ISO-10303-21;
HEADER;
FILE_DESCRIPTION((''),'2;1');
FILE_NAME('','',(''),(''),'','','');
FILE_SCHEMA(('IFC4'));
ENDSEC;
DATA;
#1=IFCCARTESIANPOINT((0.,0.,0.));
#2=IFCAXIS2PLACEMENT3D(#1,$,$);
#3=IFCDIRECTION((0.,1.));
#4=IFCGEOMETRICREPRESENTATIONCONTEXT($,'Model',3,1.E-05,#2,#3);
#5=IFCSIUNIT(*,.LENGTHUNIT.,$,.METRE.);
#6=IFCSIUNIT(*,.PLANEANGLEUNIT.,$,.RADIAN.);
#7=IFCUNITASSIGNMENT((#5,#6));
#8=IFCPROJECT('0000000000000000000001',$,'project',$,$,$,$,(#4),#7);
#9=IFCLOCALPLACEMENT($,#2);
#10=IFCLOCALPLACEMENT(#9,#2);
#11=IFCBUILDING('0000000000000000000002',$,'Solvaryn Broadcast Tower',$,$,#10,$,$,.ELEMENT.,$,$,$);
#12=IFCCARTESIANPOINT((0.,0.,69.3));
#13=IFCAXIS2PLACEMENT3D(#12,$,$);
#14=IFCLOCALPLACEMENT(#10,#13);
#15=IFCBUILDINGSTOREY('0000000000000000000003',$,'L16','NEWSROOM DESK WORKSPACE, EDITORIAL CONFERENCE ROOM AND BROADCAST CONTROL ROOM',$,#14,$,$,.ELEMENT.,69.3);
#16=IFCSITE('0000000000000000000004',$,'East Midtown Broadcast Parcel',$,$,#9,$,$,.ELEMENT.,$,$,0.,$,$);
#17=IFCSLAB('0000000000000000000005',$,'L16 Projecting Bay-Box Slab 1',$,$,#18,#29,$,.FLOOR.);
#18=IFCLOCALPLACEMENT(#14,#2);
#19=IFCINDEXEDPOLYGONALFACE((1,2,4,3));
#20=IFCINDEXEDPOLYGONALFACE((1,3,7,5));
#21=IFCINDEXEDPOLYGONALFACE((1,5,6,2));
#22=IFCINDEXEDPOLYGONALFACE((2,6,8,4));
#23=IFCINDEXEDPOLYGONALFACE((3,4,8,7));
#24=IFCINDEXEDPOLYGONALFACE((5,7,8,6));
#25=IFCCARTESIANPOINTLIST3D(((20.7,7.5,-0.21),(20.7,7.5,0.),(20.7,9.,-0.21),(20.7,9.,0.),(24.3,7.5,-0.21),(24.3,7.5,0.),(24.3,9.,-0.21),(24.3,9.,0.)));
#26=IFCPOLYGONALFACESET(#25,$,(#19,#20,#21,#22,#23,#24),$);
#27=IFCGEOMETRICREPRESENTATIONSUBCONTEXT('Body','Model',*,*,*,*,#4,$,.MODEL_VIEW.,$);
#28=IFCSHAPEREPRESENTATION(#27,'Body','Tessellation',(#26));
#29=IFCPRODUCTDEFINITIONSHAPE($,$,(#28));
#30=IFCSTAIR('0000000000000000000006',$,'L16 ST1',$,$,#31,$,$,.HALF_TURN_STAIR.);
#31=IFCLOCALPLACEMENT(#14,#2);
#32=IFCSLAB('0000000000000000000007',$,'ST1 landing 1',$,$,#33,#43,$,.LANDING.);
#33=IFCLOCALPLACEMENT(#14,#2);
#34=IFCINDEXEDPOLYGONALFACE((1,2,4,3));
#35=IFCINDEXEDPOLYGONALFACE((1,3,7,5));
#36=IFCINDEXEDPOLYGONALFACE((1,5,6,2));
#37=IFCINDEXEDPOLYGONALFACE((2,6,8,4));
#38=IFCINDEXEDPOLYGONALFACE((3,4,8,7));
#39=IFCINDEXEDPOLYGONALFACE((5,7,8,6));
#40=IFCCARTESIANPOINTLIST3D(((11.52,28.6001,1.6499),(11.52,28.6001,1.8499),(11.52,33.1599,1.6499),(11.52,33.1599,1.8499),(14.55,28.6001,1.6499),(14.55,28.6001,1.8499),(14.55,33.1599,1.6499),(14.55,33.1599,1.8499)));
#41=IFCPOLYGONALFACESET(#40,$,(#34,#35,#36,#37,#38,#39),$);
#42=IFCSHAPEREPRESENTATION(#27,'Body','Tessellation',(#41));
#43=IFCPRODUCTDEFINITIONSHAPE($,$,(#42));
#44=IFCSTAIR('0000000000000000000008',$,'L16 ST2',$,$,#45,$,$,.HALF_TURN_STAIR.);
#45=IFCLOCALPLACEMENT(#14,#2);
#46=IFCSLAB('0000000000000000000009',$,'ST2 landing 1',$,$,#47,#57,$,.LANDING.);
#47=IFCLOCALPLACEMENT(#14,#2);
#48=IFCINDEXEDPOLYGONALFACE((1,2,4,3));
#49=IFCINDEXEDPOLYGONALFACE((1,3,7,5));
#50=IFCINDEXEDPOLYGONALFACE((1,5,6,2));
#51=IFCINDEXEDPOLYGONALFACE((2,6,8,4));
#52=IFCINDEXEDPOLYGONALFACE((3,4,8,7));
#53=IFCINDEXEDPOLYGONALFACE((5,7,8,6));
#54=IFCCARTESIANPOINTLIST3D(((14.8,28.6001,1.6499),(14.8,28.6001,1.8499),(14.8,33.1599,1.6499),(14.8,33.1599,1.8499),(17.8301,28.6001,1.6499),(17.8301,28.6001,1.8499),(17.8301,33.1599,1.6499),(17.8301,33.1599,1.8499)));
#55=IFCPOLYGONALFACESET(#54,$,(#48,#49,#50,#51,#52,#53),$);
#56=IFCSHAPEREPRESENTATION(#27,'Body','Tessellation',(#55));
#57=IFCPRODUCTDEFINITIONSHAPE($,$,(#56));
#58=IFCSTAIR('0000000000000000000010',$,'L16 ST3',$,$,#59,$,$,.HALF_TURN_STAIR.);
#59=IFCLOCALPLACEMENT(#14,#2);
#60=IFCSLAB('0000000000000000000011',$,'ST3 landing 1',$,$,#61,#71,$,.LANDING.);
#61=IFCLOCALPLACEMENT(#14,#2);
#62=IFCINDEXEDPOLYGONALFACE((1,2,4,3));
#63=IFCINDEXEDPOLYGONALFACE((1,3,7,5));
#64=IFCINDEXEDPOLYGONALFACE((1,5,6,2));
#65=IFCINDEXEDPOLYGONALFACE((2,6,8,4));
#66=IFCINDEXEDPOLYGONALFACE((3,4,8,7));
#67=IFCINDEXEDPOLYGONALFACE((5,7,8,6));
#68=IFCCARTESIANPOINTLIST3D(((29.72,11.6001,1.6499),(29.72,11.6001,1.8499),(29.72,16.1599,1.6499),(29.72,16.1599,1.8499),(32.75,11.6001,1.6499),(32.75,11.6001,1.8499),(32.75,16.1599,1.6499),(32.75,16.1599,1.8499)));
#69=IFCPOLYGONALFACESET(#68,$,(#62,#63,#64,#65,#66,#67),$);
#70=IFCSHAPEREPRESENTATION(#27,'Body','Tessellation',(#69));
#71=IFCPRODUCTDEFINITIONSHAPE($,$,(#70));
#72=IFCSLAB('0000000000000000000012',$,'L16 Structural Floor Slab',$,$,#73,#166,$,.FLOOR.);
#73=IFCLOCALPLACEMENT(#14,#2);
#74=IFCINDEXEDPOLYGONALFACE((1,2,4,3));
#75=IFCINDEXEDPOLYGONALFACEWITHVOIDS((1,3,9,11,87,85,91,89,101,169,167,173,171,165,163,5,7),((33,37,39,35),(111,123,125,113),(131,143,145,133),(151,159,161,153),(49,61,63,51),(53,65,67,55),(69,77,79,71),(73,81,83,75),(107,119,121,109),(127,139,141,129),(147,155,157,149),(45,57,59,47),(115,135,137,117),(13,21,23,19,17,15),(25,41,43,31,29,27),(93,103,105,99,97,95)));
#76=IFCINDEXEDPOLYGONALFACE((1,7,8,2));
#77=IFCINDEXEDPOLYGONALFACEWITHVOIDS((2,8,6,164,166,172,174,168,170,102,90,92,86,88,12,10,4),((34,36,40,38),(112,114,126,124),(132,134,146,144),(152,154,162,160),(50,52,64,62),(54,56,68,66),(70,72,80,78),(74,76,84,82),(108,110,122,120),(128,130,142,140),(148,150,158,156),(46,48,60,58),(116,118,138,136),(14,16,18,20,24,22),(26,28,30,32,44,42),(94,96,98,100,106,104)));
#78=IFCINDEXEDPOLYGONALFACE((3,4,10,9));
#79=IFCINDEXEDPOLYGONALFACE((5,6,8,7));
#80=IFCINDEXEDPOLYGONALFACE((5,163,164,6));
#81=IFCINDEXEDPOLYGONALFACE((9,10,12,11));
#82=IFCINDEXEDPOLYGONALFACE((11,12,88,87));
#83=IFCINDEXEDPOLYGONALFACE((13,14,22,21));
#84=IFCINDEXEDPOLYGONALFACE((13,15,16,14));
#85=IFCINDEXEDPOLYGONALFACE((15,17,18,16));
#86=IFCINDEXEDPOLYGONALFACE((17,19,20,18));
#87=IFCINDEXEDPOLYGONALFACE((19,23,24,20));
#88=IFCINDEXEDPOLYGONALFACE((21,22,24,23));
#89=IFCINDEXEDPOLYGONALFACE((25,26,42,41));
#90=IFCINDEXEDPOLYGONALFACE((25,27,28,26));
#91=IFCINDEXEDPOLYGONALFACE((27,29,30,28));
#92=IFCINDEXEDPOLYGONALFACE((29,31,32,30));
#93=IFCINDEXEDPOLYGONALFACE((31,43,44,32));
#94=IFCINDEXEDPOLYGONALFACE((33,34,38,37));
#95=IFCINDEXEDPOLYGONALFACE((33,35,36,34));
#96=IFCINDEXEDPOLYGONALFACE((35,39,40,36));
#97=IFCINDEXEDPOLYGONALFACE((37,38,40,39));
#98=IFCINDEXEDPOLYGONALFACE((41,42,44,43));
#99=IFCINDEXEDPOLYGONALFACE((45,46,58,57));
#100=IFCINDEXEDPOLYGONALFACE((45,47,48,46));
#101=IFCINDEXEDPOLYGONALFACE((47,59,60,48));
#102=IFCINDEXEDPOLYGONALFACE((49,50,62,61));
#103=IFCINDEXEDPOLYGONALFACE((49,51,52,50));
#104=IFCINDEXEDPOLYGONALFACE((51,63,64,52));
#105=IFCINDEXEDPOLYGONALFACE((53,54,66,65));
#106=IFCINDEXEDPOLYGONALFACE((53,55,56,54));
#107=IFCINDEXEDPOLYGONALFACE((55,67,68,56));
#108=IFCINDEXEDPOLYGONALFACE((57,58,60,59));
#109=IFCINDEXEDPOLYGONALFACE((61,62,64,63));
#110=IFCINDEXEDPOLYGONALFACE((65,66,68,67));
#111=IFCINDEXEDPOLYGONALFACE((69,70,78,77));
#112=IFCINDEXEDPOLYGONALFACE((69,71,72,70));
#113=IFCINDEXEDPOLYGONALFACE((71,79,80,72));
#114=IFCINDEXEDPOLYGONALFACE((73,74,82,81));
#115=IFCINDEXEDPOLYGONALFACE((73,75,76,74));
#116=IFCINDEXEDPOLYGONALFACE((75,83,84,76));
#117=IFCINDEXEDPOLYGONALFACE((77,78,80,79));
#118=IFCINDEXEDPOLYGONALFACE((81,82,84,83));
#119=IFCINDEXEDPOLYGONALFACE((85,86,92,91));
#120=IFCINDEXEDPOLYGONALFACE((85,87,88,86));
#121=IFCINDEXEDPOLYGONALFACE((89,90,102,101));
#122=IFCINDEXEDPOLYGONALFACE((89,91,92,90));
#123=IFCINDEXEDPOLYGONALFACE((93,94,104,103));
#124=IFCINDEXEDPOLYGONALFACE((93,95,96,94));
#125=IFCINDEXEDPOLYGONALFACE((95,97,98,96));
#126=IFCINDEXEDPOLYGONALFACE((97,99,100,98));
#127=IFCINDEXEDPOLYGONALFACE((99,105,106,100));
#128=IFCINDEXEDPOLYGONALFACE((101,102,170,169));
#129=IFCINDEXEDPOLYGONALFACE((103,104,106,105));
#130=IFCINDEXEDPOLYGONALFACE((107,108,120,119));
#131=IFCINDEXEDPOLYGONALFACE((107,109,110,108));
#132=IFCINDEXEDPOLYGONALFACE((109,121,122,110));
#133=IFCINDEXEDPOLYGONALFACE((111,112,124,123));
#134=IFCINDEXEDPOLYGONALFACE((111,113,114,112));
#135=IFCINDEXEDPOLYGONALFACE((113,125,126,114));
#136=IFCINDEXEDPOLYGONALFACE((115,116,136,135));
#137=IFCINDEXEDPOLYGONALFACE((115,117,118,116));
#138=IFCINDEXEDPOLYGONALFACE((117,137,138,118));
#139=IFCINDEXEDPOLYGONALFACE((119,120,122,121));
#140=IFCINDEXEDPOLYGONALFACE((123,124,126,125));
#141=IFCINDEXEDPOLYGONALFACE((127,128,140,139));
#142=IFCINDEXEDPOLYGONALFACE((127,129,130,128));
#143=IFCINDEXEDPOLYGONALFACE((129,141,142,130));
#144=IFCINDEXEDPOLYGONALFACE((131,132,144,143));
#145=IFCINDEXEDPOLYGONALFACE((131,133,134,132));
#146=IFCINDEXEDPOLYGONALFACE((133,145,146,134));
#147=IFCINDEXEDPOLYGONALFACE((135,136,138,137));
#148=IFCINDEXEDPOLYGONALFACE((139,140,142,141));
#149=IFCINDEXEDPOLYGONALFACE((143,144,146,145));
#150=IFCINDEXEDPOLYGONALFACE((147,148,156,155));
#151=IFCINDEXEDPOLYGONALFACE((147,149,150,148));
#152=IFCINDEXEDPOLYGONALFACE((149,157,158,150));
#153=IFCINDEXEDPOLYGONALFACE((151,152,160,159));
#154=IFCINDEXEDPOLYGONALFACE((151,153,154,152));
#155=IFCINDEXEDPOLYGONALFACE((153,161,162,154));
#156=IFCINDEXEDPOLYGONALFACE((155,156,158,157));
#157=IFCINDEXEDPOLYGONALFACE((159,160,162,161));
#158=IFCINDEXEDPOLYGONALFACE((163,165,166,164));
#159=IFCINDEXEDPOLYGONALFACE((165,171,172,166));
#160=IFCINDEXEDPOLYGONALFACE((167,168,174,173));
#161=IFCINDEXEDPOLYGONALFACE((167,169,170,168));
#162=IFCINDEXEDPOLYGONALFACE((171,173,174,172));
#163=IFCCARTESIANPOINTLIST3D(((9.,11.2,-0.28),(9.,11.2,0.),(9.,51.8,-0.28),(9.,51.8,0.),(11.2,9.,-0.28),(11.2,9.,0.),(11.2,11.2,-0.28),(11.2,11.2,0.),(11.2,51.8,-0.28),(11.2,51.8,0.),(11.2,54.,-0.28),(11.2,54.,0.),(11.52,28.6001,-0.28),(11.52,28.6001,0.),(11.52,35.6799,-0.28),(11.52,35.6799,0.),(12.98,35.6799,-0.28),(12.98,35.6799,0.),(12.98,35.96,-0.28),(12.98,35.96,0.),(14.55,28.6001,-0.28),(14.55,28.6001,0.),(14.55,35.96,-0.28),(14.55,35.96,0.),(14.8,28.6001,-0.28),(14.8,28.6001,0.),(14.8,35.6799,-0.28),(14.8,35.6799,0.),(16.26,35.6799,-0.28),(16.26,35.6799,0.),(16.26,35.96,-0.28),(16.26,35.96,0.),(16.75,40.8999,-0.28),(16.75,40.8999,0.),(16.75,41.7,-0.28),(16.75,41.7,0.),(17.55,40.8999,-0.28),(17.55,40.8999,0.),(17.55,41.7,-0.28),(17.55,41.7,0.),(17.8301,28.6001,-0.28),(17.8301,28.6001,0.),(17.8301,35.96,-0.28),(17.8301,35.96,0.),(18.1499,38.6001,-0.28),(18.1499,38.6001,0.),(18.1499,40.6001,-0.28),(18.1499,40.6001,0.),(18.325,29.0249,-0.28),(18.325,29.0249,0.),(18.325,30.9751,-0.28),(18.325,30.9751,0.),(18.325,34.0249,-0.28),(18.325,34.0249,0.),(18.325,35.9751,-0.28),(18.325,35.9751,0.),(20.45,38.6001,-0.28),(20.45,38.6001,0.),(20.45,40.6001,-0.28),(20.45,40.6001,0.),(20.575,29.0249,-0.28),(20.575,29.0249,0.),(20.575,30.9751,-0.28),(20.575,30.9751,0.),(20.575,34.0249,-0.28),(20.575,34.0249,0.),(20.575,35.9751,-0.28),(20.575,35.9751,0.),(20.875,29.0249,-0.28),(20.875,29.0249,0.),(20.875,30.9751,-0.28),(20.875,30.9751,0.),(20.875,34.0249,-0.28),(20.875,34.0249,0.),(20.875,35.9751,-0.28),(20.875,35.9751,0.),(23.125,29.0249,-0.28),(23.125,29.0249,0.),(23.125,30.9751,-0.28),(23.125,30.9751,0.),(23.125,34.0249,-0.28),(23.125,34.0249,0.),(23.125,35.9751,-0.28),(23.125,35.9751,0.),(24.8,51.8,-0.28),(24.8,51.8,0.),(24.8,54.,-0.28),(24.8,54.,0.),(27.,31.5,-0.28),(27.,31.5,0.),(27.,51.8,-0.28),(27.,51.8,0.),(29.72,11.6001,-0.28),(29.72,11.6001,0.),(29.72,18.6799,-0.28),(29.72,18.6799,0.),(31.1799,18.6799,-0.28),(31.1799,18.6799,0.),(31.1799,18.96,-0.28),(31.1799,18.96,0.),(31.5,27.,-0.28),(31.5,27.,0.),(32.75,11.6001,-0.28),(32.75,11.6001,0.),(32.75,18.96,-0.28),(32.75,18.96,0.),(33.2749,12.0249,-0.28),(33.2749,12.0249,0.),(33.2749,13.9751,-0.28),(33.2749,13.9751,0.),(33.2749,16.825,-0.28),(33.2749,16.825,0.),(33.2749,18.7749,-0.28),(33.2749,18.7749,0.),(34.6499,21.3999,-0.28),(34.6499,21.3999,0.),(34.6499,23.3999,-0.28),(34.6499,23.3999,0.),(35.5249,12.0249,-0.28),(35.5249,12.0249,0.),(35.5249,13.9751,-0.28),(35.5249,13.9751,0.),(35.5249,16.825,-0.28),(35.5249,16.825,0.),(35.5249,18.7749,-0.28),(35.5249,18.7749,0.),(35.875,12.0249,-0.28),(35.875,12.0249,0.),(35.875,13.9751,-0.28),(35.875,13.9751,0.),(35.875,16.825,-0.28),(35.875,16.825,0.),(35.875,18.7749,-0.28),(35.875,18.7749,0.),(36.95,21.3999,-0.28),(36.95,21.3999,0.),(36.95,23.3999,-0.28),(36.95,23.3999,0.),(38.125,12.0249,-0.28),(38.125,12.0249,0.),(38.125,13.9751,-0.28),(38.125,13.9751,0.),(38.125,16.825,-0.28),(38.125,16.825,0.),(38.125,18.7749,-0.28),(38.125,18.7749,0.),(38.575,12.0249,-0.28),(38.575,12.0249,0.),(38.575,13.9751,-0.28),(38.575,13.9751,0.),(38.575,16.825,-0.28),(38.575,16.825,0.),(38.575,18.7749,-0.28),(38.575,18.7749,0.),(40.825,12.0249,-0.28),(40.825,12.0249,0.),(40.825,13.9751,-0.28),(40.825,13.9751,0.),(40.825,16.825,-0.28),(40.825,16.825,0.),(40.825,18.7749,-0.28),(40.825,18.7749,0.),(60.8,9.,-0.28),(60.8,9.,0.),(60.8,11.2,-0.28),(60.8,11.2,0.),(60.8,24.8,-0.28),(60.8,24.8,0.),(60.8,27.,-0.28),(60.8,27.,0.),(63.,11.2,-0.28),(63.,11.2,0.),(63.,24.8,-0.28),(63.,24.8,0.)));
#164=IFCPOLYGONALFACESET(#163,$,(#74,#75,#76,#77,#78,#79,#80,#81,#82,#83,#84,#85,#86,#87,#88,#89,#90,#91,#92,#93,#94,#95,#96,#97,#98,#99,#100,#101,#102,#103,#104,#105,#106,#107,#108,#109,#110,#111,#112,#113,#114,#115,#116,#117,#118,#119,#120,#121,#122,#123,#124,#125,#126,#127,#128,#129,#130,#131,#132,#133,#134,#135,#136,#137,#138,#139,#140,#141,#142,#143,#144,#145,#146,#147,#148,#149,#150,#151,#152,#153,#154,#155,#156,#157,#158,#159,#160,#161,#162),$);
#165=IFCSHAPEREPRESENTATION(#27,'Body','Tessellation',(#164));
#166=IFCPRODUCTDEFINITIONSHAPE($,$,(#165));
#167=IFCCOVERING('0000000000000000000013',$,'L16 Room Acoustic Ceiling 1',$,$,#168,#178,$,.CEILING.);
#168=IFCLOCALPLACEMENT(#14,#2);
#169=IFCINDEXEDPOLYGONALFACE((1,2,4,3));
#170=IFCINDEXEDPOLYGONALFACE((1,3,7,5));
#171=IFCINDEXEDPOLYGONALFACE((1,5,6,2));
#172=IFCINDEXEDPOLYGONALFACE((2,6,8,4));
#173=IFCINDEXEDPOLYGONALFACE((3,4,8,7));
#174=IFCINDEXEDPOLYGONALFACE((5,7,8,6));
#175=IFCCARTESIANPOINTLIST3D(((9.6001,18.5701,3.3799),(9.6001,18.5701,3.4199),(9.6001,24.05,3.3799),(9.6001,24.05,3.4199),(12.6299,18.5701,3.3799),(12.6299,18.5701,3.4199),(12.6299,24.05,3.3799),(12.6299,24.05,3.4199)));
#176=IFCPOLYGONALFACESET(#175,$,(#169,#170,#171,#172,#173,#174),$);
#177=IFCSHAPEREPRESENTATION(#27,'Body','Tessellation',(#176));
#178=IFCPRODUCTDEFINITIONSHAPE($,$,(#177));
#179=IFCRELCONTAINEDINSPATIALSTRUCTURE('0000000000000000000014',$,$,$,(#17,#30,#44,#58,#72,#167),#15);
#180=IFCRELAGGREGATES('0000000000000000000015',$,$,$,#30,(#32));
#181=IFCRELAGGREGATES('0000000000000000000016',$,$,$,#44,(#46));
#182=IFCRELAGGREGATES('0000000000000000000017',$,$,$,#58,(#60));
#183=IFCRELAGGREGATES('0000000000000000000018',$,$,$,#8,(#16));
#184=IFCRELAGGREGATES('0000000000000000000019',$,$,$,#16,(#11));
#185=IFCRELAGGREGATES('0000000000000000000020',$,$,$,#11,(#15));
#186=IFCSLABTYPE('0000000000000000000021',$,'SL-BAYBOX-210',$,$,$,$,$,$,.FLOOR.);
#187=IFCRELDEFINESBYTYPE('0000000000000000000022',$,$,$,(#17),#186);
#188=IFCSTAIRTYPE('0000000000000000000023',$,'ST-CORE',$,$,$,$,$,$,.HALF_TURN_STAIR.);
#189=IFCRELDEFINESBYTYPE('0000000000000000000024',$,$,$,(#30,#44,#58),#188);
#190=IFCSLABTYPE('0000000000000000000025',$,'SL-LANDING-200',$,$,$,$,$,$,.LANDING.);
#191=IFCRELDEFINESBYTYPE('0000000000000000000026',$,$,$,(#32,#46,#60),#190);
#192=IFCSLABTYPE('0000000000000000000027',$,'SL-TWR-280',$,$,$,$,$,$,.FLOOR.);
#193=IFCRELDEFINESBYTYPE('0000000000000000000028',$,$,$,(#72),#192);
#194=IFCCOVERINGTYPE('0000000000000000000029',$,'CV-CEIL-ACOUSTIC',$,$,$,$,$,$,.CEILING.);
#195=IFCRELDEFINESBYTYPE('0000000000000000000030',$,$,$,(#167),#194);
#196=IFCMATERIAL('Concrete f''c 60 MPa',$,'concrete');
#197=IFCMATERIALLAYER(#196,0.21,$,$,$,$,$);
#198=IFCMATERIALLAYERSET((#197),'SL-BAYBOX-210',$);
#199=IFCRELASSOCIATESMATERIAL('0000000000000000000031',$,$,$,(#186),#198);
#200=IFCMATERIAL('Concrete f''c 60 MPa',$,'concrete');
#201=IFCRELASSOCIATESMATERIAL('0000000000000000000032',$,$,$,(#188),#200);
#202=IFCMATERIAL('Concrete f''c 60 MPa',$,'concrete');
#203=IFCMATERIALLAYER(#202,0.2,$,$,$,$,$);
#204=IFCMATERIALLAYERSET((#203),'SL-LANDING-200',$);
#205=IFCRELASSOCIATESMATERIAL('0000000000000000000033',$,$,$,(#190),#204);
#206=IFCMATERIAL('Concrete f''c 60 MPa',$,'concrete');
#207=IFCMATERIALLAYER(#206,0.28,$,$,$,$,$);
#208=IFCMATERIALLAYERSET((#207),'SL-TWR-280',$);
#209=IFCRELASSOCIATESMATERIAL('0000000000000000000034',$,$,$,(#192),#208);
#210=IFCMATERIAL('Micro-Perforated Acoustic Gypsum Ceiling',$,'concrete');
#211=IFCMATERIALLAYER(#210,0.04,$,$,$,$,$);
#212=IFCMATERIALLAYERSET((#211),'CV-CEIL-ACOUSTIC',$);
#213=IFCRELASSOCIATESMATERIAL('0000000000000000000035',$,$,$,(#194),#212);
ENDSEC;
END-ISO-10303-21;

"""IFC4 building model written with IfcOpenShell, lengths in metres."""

from ifc_helpers import new_model, si_unit, direction, frame, origin, place, context, subcontext, project, spatial, polyline, outline, extrude, material, layer, layer_set, type_object, element, aggregate, save


model = new_model("IFC4")

# Units and contexts
model_context = context("Model", 3, precision=1e-05, world=origin(), true_north=direction((0.0, 1.0)))
body_context = subcontext(model_context, "Body", "Model", "MODEL_VIEW")
ifc_project = project(units=[si_unit("LENGTHUNIT", "METRE"), si_unit("PLANEANGLEUNIT", "RADIAN")], contexts=[model_context])

# Site, building, storey
site_placement = place(None, origin())
site = spatial("IfcSite", under=ifc_project, at=site_placement, Name="East Midtown Broadcast Parcel", CompositionType="ELEMENT", RefElevation=0.0)
building_placement = place(site_placement, origin())
building = spatial("IfcBuilding", under=site, at=building_placement, Name="Solvaryn Broadcast Tower", CompositionType="ELEMENT")
storey_placement = place(building_placement, frame((0.0, 0.0, 69.3)))
storey = spatial("IfcBuildingStorey", under=building, at=storey_placement, Name="L16", Description="NEWSROOM DESK WORKSPACE, EDITORIAL CONFERENCE ROOM AND BROADCAST CONTROL ROOM", CompositionType="ELEMENT", Elevation=69.3)

# Slab
ifc_material_1 = material(Name="Concrete f'c 60 MPa", Category="concrete")
ifc_layer_1 = layer(ifc_material_1, 0.21)
ifc_layer_set_1 = layer_set([ifc_layer_1], Name="SL-BAYBOX-210")
slab_type_1 = type_object("IfcSlabType", Name="SL-BAYBOX-210", PredefinedType="FLOOR", material=ifc_layer_set_1)
slab_1_placement = place(storey_placement, frame((0.0, 0.0, -0.21)))
element("IfcSlab", 1, at=slab_1_placement, inside=storey, type_object=slab_type_1, Name="L16 Projecting Bay-Box Slab 1", PredefinedType="FLOOR", context=body_context, shape_type="SweptSolid", body=[
    extrude(outline(polyline([(20.7, 7.5), (24.3, 7.5), (24.3, 9.0), (20.7, 9.0), (20.7, 7.5)])), origin(), (0.0, 0.0, 1.0), 0.21),
])

# Stairs, slabs
ifc_material_2 = material(Name="Concrete f'c 60 MPa", Category="concrete")
stair_type = type_object("IfcStairType", Name="ST-CORE", PredefinedType="HALF_TURN_STAIR", material=ifc_material_2)
stair_1_placement = place(storey_placement, origin())
stair_1 = element("IfcStair", 2, at=stair_1_placement, inside=storey, type_object=stair_type, Name="L16 ST1", PredefinedType="HALF_TURN_STAIR")
ifc_material_3 = material(Name="Concrete f'c 60 MPa", Category="concrete")
ifc_layer_2 = layer(ifc_material_3, 0.2)
ifc_layer_set_2 = layer_set([ifc_layer_2], Name="SL-LANDING-200")
slab_type_2 = type_object("IfcSlabType", Name="SL-LANDING-200", PredefinedType="LANDING", material=ifc_layer_set_2)
slab_2_placement = place(storey_placement, frame((0.0, 0.0, 1.6499)))
slab_2 = element("IfcSlab", 3, at=slab_2_placement, type_object=slab_type_2, Name="ST1 landing 1", PredefinedType="LANDING", context=body_context, shape_type="SweptSolid", body=[
    extrude(outline(polyline([(11.52, 33.1599), (11.52, 28.6001), (14.55, 28.6001), (14.55, 33.1599), (11.52, 33.1599)])), origin(), (0.0, 0.0, 1.0), 0.2),
])
aggregate(stair_1, [slab_2])
stair_2_placement = place(storey_placement, origin())
stair_2 = element("IfcStair", 4, at=stair_2_placement, inside=storey, type_object=stair_type, Name="L16 ST2", PredefinedType="HALF_TURN_STAIR")
slab_3_placement = place(storey_placement, frame((0.0, 0.0, 1.6499)))
slab_3 = element("IfcSlab", 5, at=slab_3_placement, type_object=slab_type_2, Name="ST2 landing 1", PredefinedType="LANDING", context=body_context, shape_type="SweptSolid", body=[
    extrude(outline(polyline([(14.8, 33.1599), (14.8, 28.6001), (17.8301, 28.6001), (17.8301, 33.1599), (14.8, 33.1599)])), origin(), (0.0, 0.0, 1.0), 0.2),
])
aggregate(stair_2, [slab_3])
stair_3_placement = place(storey_placement, origin())
stair_3 = element("IfcStair", 6, at=stair_3_placement, inside=storey, type_object=stair_type, Name="L16 ST3", PredefinedType="HALF_TURN_STAIR")
slab_4_placement = place(storey_placement, frame((0.0, 0.0, 1.6499)))
slab_4 = element("IfcSlab", 7, at=slab_4_placement, type_object=slab_type_2, Name="ST3 landing 1", PredefinedType="LANDING", context=body_context, shape_type="SweptSolid", body=[
    extrude(outline(polyline([(29.72, 16.1599), (29.72, 11.6001), (32.75, 11.6001), (32.75, 16.1599), (29.72, 16.1599)])), origin(), (0.0, 0.0, 1.0), 0.2),
])
aggregate(stair_3, [slab_4])

# Slab
ifc_material_4 = material(Name="Concrete f'c 60 MPa", Category="concrete")
ifc_layer_3 = layer(ifc_material_4, 0.28)
ifc_layer_set_3 = layer_set([ifc_layer_3], Name="SL-TWR-280")
slab_type_3 = type_object("IfcSlabType", Name="SL-TWR-280", PredefinedType="FLOOR", material=ifc_layer_set_3)
slab_5_placement = place(storey_placement, frame((0.0, 0.0, -0.28)))
element("IfcSlab", 8, at=slab_5_placement, inside=storey, type_object=slab_type_3, Name="L16 Structural Floor Slab", PredefinedType="FLOOR", context=body_context, shape_type="SweptSolid", body=[
    extrude(outline(polyline([(11.2, 9.0), (60.8, 9.0), (60.8, 11.2), (63.0, 11.2), (63.0, 24.8), (60.8, 24.8), (60.8, 27.0), (31.5, 27.0), (27.0, 31.5), (27.0, 51.8), (24.8, 51.8), (24.8, 54.0), (11.2, 54.0), (11.2, 51.8), (9.0, 51.8), (9.0, 11.2), (11.2, 11.2), (11.2, 9.0)]), holes=[polyline([(11.52, 28.6001), (14.55, 28.6001), (14.55, 35.96), (12.98, 35.96), (12.98, 35.6799), (11.52, 35.6799), (11.52, 28.6001)]), polyline([(14.8, 28.6001), (17.8301, 28.6001), (17.8301, 35.96), (16.26, 35.96), (16.26, 35.6799), (14.8, 35.6799), (14.8, 28.6001)]), polyline([(29.72, 11.6001), (32.75, 11.6001), (32.75, 18.96), (31.1799, 18.96), (31.1799, 18.6799), (29.72, 18.6799), (29.72, 11.6001)]), polyline([(18.1499, 38.6001), (20.45, 38.6001), (20.45, 40.6001), (18.1499, 40.6001), (18.1499, 38.6001)]), polyline([(18.325, 29.0249), (20.575, 29.0249), (20.575, 30.9751), (18.325, 30.9751), (18.325, 29.0249)]), polyline([(20.875, 29.0249), (23.125, 29.0249), (23.125, 30.9751), (20.875, 30.9751), (20.875, 29.0249)]), polyline([(18.325, 34.0249), (20.575, 34.0249), (20.575, 35.9751), (18.325, 35.9751), (18.325, 34.0249)]), polyline([(20.875, 34.0249), (23.125, 34.0249), (23.125, 35.9751), (20.875, 35.9751), (20.875, 34.0249)]), polyline([(34.6499, 21.3999), (36.95, 21.3999), (36.95, 23.3999), (34.6499, 23.3999), (34.6499, 21.3999)]), polyline([(33.2749, 12.0249), (35.5249, 12.0249), (35.5249, 13.9751), (33.2749, 13.9751), (33.2749, 12.0249)]), polyline([(35.875, 12.0249), (38.125, 12.0249), (38.125, 13.9751), (35.875, 13.9751), (35.875, 12.0249)]), polyline([(33.2749, 16.825), (35.5249, 16.825), (35.5249, 18.7749), (33.2749, 18.7749), (33.2749, 16.825)]), polyline([(35.875, 16.825), (38.125, 16.825), (38.125, 18.7749), (35.875, 18.7749), (35.875, 16.825)]), polyline([(38.575, 12.0249), (40.825, 12.0249), (40.825, 13.9751), (38.575, 13.9751), (38.575, 12.0249)]), polyline([(38.575, 16.825), (40.825, 16.825), (40.825, 18.7749), (38.575, 18.7749), (38.575, 16.825)]), polyline([(16.75, 40.8999), (17.55, 40.8999), (17.55, 41.7), (16.75, 41.7), (16.75, 40.8999)])]), origin(), (0.0, 0.0, 1.0), 0.28),
])

# Covering
ifc_material_5 = material(Name="Micro-Perforated Acoustic Gypsum Ceiling", Category="concrete")
ifc_layer_4 = layer(ifc_material_5, 0.04)
ifc_layer_set_4 = layer_set([ifc_layer_4], Name="CV-CEIL-ACOUSTIC")
covering_type_1 = type_object("IfcCoveringType", Name="CV-CEIL-ACOUSTIC", PredefinedType="CEILING", material=ifc_layer_set_4)
covering_1_placement = place(storey_placement, frame((0.0, 0.0, 3.3799)))
element("IfcCovering", 9, at=covering_1_placement, inside=storey, type_object=covering_type_1, Name="L16 Room Acoustic Ceiling 1", PredefinedType="CEILING", context=body_context, shape_type="SweptSolid", body=[
    extrude(outline(polyline([(9.6001, 18.5701), (12.6299, 18.5701), (12.6299, 24.05), (9.6001, 24.05), (9.6001, 18.5701)])), origin(), (0.0, 0.0, 1.0), 0.04),
])

save(model, "model.ifc")
